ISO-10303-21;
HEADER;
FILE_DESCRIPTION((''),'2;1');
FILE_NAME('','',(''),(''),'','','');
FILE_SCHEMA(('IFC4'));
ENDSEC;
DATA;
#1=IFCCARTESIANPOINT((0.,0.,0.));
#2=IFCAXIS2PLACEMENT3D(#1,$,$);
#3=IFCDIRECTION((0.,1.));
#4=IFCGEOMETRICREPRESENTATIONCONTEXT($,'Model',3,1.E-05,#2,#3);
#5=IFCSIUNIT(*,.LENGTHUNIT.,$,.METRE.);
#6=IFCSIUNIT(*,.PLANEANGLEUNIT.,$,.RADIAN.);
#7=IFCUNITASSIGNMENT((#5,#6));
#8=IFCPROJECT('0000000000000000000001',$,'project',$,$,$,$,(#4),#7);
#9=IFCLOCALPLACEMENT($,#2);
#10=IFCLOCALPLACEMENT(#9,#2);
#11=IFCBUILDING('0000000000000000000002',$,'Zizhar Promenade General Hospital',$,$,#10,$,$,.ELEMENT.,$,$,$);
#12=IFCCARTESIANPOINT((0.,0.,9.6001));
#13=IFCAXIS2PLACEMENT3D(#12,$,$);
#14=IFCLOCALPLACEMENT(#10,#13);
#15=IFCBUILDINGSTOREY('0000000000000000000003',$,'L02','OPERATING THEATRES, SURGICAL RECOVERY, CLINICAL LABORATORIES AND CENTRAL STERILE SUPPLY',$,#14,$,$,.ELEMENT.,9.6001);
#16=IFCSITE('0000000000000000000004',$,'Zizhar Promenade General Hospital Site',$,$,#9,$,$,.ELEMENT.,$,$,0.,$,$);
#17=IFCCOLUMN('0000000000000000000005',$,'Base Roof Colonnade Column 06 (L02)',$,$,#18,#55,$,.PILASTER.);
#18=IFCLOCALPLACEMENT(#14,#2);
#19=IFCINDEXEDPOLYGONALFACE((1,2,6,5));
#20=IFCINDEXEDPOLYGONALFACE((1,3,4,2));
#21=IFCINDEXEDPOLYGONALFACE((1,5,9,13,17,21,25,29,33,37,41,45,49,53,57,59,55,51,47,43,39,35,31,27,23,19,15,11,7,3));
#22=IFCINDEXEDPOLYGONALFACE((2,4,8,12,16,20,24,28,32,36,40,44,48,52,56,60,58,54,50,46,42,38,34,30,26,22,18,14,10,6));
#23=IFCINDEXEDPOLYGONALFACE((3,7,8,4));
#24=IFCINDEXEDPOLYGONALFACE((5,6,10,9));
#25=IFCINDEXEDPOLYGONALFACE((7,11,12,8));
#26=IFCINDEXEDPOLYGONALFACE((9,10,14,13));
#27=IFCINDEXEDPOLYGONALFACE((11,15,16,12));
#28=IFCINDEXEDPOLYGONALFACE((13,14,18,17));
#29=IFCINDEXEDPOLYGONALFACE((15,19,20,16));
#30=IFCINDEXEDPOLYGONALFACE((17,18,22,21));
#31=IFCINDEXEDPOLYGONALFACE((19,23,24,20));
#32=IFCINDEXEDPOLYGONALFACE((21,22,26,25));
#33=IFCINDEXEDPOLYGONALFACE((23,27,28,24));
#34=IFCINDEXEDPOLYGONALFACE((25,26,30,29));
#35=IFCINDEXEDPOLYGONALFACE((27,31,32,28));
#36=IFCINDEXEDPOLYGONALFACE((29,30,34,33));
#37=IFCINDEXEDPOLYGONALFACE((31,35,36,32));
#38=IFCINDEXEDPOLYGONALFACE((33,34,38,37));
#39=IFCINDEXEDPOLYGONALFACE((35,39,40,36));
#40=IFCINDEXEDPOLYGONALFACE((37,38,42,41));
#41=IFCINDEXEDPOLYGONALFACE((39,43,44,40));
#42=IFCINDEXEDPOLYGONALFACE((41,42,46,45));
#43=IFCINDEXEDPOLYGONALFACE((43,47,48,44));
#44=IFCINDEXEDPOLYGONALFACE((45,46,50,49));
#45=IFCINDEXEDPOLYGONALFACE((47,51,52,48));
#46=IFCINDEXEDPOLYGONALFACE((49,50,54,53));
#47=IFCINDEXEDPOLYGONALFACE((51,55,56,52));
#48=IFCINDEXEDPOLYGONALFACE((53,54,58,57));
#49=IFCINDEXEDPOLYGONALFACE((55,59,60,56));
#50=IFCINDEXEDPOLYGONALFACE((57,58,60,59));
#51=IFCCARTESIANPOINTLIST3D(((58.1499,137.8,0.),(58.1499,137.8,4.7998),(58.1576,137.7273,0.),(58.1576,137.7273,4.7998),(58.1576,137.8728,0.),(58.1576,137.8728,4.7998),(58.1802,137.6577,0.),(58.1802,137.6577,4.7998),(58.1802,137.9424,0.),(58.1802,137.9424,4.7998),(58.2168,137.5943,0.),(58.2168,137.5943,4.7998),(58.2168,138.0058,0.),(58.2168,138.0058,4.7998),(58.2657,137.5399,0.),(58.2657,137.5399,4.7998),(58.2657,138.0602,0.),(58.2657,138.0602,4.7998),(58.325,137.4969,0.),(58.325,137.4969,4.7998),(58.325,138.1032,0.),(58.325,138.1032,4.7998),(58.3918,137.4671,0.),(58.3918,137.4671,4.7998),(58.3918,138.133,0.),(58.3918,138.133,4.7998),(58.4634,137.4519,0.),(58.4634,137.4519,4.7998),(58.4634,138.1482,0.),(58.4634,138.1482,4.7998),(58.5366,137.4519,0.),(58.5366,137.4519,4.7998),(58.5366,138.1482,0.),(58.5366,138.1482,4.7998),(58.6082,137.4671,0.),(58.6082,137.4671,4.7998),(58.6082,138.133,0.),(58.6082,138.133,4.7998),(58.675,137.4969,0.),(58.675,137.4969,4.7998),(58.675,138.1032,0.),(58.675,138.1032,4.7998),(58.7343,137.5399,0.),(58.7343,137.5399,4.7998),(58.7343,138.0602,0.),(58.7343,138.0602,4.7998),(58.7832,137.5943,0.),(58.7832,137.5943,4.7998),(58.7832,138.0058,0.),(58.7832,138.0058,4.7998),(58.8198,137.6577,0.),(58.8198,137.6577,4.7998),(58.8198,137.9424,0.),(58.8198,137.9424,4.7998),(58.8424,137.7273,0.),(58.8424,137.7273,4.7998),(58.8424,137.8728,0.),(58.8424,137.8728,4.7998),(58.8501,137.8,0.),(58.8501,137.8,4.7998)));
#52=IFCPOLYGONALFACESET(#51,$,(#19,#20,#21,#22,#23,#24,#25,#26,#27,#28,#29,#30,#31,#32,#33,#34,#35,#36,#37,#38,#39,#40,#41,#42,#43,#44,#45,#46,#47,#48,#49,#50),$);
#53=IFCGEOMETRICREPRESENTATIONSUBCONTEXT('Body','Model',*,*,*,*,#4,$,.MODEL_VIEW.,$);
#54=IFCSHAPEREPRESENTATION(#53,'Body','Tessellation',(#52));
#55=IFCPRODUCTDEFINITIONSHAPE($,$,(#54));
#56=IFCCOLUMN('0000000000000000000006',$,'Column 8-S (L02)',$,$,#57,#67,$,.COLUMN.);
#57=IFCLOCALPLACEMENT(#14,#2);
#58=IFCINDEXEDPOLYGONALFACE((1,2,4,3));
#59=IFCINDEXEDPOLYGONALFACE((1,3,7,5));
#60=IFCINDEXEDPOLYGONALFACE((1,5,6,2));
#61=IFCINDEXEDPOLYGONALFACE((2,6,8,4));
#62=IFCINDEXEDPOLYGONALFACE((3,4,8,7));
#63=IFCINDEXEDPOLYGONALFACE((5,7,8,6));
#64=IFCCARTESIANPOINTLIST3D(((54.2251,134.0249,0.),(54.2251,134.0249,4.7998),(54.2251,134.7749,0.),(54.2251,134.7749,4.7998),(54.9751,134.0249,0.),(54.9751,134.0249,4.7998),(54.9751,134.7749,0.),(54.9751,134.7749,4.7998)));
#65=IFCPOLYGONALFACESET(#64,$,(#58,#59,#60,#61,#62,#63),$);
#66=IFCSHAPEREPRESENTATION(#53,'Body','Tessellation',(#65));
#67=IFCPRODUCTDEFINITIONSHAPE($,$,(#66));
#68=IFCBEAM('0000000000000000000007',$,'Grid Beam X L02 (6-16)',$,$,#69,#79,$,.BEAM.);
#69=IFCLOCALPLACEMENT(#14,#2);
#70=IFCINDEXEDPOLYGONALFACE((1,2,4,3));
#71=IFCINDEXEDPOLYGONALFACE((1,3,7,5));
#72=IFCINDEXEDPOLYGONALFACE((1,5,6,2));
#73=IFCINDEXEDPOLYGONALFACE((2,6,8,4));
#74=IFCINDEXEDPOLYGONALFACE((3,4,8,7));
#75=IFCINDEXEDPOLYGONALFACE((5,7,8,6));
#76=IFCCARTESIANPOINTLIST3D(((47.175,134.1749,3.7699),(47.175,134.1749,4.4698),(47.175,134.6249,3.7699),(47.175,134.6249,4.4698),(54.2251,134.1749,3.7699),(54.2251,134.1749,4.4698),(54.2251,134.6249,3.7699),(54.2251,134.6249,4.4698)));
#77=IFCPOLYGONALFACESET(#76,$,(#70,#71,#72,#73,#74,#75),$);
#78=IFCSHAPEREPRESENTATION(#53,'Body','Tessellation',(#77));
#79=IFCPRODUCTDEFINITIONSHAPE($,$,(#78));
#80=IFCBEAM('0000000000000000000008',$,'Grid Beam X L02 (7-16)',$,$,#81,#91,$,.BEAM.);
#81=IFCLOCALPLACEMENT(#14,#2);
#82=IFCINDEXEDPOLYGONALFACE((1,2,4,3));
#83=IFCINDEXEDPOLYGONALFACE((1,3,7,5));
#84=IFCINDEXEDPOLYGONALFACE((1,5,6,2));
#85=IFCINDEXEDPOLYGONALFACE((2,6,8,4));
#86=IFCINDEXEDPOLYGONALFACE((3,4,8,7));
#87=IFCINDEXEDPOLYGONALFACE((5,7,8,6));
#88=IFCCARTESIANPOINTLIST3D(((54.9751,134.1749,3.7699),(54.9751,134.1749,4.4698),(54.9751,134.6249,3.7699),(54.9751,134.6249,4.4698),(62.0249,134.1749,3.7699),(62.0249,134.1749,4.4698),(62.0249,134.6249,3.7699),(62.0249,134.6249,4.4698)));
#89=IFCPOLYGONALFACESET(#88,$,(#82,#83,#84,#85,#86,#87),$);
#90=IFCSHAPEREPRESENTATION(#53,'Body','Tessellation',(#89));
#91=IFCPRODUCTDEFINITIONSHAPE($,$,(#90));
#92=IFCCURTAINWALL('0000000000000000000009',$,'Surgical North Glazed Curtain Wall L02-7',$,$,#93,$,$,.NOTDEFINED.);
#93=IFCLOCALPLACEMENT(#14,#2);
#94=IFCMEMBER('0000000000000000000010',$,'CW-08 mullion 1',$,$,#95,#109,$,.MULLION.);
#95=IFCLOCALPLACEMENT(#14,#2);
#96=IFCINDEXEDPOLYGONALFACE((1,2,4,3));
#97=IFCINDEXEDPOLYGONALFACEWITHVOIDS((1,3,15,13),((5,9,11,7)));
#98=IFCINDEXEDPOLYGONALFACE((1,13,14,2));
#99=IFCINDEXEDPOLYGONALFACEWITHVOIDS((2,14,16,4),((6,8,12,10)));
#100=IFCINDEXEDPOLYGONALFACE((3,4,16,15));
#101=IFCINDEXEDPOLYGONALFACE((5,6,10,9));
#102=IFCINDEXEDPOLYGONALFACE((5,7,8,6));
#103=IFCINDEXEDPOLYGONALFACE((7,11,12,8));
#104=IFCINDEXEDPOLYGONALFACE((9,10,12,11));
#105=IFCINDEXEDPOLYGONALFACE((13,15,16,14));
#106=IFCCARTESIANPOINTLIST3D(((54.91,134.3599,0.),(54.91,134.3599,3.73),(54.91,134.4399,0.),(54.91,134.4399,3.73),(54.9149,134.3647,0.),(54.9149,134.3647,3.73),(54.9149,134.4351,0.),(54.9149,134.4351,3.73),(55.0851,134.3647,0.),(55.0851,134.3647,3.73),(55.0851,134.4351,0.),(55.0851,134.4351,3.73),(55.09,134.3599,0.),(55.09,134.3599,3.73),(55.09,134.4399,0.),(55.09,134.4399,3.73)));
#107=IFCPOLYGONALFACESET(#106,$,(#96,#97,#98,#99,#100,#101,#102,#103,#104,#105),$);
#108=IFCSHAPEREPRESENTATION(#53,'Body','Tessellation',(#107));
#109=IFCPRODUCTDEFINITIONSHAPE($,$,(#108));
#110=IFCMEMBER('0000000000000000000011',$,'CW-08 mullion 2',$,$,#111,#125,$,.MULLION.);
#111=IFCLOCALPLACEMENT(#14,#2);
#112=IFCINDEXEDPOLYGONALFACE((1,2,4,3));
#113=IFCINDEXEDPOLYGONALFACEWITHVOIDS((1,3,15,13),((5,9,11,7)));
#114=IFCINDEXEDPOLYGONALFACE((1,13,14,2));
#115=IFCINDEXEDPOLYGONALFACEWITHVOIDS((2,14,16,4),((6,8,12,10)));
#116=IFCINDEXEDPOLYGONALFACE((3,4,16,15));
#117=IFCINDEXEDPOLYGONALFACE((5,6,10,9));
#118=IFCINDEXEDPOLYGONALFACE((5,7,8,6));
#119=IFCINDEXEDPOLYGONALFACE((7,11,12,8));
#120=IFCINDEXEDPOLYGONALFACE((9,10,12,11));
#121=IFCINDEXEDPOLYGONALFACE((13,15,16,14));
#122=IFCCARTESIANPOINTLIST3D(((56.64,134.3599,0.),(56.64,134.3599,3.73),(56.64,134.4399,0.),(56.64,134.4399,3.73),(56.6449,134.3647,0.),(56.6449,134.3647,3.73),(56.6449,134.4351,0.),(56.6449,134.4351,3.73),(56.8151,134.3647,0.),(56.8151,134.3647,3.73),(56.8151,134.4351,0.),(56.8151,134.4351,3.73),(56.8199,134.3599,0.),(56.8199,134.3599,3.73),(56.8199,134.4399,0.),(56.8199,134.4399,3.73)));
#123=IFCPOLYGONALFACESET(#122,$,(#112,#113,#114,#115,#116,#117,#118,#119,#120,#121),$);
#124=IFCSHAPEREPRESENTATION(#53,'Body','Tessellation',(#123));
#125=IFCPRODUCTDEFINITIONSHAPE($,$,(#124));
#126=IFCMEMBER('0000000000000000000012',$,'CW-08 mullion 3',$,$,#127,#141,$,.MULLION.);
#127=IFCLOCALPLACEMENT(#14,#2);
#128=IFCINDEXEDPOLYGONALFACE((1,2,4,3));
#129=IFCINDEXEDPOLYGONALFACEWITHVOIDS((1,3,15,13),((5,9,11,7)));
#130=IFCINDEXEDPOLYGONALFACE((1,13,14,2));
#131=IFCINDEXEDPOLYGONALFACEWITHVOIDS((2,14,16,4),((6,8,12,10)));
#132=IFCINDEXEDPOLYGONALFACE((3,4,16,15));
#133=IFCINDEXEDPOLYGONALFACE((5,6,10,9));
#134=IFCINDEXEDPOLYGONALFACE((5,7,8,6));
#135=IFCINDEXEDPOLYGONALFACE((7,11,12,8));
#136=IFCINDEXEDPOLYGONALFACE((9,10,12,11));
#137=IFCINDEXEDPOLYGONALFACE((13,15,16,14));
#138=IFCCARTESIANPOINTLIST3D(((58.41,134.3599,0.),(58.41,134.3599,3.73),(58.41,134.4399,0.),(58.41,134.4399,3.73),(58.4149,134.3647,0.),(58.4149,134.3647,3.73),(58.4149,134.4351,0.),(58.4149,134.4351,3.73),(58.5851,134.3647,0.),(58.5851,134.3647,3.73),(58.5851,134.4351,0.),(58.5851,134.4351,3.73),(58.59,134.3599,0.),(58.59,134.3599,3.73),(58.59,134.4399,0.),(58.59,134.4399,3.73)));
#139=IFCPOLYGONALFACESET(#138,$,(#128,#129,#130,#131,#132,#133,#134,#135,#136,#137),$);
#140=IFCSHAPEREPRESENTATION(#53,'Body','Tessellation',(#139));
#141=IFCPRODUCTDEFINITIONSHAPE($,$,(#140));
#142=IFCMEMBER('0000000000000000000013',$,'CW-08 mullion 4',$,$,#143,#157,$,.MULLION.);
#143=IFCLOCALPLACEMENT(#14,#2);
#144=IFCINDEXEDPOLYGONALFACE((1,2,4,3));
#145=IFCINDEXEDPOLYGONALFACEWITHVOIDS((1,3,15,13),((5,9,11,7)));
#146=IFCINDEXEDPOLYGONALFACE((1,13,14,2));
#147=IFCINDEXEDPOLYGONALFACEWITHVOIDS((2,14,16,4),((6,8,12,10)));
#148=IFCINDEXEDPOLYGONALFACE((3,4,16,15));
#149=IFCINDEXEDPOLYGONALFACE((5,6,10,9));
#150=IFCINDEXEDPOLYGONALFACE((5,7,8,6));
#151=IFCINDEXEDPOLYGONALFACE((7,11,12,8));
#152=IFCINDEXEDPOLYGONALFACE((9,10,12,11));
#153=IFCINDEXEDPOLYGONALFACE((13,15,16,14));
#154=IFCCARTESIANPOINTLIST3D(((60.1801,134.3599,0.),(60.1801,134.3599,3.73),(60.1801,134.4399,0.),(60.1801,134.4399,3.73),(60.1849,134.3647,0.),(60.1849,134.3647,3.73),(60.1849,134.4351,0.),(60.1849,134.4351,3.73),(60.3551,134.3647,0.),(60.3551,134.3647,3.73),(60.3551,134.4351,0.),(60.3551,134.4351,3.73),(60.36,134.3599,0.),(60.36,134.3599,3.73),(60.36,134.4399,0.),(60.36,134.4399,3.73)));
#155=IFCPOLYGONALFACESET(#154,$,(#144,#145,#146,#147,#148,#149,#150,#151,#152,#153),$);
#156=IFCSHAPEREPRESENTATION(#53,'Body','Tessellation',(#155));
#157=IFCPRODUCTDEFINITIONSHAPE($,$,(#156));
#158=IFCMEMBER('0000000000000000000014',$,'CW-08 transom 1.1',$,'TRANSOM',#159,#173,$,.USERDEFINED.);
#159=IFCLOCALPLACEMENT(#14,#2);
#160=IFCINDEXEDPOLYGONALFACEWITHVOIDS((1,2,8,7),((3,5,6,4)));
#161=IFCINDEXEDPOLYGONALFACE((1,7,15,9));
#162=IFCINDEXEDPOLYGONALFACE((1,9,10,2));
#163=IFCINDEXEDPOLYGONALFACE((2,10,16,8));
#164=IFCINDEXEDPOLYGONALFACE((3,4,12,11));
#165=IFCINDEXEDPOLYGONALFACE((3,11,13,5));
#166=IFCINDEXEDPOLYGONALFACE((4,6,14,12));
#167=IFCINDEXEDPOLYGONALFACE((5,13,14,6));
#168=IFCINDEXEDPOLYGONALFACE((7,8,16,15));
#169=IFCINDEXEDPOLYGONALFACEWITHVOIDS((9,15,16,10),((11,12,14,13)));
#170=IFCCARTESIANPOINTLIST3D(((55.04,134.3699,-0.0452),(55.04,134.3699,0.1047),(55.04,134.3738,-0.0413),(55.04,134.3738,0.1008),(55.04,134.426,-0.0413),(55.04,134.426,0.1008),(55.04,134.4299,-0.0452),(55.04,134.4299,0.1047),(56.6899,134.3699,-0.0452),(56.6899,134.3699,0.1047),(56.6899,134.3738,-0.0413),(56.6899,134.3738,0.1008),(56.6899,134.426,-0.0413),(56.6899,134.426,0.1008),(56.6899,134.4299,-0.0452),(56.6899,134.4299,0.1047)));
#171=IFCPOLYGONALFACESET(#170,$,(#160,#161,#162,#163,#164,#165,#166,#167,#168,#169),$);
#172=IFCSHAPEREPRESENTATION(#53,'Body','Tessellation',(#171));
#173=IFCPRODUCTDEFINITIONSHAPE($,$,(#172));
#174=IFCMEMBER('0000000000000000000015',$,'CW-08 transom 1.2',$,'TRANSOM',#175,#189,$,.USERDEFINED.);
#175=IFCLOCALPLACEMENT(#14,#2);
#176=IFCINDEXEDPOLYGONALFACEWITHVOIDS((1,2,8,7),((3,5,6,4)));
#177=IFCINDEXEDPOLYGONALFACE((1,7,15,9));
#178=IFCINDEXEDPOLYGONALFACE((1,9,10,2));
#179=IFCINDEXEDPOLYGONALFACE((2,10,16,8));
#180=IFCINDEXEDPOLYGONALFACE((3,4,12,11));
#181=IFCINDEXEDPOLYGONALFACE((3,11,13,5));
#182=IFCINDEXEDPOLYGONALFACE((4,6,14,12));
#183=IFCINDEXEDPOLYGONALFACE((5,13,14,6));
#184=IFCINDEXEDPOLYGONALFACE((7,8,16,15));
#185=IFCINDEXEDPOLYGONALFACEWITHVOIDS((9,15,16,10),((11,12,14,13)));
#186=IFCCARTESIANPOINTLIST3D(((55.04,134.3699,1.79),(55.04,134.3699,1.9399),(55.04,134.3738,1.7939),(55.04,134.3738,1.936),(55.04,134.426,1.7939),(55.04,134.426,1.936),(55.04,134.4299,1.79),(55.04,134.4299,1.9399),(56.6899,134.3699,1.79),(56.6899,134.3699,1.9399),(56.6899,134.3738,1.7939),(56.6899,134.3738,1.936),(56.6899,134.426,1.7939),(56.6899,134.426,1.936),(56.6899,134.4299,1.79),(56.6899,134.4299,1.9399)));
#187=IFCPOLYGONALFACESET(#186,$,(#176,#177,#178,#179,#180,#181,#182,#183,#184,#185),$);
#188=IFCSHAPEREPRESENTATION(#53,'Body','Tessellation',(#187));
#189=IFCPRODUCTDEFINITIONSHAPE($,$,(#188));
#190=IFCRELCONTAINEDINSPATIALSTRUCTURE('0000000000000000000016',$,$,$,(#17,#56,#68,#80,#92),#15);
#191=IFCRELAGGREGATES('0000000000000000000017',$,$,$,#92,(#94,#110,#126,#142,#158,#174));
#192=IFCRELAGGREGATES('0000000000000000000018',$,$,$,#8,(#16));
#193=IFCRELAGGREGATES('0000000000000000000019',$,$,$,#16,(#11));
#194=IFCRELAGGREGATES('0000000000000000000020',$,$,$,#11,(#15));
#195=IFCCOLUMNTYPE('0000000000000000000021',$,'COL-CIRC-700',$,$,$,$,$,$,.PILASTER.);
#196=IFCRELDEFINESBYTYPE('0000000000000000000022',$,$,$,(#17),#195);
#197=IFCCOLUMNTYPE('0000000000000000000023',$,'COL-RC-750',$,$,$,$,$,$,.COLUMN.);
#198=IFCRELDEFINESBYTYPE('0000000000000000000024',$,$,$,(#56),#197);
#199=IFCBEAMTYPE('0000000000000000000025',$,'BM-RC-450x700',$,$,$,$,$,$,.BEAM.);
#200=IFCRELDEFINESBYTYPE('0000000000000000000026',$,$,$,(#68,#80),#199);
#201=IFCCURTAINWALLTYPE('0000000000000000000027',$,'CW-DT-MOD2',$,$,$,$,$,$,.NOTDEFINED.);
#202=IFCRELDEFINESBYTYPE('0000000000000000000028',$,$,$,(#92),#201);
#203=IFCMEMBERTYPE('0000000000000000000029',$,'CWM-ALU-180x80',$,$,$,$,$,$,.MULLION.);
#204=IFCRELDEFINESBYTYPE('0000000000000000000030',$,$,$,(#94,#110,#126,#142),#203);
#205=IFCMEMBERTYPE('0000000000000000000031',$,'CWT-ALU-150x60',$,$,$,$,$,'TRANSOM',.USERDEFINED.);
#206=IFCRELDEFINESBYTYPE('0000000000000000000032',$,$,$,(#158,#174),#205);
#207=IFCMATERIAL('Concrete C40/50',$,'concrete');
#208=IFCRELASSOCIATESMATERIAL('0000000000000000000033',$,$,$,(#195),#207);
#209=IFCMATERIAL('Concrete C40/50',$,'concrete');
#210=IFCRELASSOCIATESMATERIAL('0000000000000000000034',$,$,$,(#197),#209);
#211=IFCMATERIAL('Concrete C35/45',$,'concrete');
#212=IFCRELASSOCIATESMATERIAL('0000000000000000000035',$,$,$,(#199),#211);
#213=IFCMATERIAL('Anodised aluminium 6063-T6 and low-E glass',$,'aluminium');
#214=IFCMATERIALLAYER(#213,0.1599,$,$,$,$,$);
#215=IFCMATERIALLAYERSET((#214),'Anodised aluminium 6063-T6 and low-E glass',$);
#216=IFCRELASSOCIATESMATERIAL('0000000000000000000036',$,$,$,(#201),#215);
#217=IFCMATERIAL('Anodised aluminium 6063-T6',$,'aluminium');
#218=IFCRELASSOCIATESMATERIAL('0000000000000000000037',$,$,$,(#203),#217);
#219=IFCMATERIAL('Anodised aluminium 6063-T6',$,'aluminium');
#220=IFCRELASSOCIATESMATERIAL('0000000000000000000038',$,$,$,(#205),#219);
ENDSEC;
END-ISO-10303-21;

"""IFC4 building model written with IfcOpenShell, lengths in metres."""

from ifc_helpers import new_model, si_unit, direction, frame, origin, origin_2d, place, context, subcontext, project, spatial, rectangle, hollow_rectangle, circle, extrude, material, layer, layer_set, material_profile, profile_set, type_object, element, aggregate, save


model = new_model("IFC4")

# Units and contexts
model_context = context("Model", 3, precision=1e-05, world=origin(), true_north=direction((0.0, 1.0)))
body_context = subcontext(model_context, "Body", "Model", "MODEL_VIEW")
ifc_project = project(units=[si_unit("LENGTHUNIT", "METRE"), si_unit("PLANEANGLEUNIT", "RADIAN")], contexts=[model_context])

# Site, building, storey
site_placement = place(None, origin())
site = spatial("IfcSite", under=ifc_project, at=site_placement, Name="Zizhar Promenade General Hospital Site", CompositionType="ELEMENT", RefElevation=0.0)
building_placement = place(site_placement, origin())
building = spatial("IfcBuilding", under=site, at=building_placement, Name="Zizhar Promenade General Hospital", CompositionType="ELEMENT")
storey_placement = place(building_placement, frame((0.0, 0.0, 9.6001)))
storey = spatial("IfcBuildingStorey", under=building, at=storey_placement, Name="L02", Description="OPERATING THEATRES, SURGICAL RECOVERY, CLINICAL LABORATORIES AND CENTRAL STERILE SUPPLY", CompositionType="ELEMENT", Elevation=9.6001)

# Columns
ifc_material_1 = material(Name="Concrete C40/50", Category="concrete")
ifc_material_profile_1 = material_profile(ifc_material_1, circle(Radius=0.3501, at=origin_2d()))
ifc_profile_set_1 = profile_set([ifc_material_profile_1], Name="Concrete C40/50")
column_type_1 = type_object("IfcColumnType", Name="COL-CIRC-700", PredefinedType="PILASTER", material=ifc_profile_set_1)
column_1_placement = place(storey_placement, frame((58.5, 137.8, 0.0), z_axis=(0.0, 0.0, 1.0), x_axis=(1.0, 0.0, 0.0)))
element("IfcColumn", 1, at=column_1_placement, inside=storey, type_object=column_type_1, Name="Base Roof Colonnade Column 06 (L02)", PredefinedType="PILASTER", context=body_context, shape_type="SweptSolid", body=[
    extrude(circle(Radius=0.3501, at=origin_2d()), origin(), (0.0, 0.0, 1.0), 4.7998),
])
ifc_material_2 = material(Name="Concrete C40/50", Category="concrete")
ifc_material_profile_2 = material_profile(ifc_material_2, rectangle(XDim=0.75, YDim=0.75, at=origin_2d()))
ifc_profile_set_2 = profile_set([ifc_material_profile_2], Name="Concrete C40/50")
column_type_2 = type_object("IfcColumnType", Name="COL-RC-750", PredefinedType="COLUMN", material=ifc_profile_set_2)
column_2_placement = place(storey_placement, frame((54.6001, 134.3999, 0.0), z_axis=(0.0, 0.0, 1.0), x_axis=(1.0, 0.0, 0.0)))
element("IfcColumn", 2, at=column_2_placement, inside=storey, type_object=column_type_2, Name="Column 8-S (L02)", PredefinedType="COLUMN", context=body_context, shape_type="SweptSolid", body=[
    extrude(rectangle(XDim=0.75, YDim=0.75, at=origin_2d()), origin(), (0.0, 0.0, 1.0), 4.7998),
])

# Beams
ifc_material_3 = material(Name="Concrete C35/45", Category="concrete")
ifc_material_profile_3 = material_profile(ifc_material_3, rectangle(XDim=0.45, YDim=0.7, at=origin_2d()))
ifc_profile_set_3 = profile_set([ifc_material_profile_3], Name="Concrete C35/45")
beam_type = type_object("IfcBeamType", Name="BM-RC-450x700", PredefinedType="BEAM", material=ifc_profile_set_3)
beam_1_placement = place(storey_placement, frame((47.175, 134.3999, 4.1199), z_axis=(1.0, 0.0, 0.0), x_axis=(0.0, 1.0, 0.0)))
element("IfcBeam", 3, at=beam_1_placement, inside=storey, type_object=beam_type, Name="Grid Beam X L02 (6-16)", PredefinedType="BEAM", context=body_context, shape_type="SweptSolid", body=[
    extrude(rectangle(XDim=0.45, YDim=0.7, at=origin_2d()), origin(), (0.0, 0.0, 1.0), 7.05),
])
beam_2_placement = place(storey_placement, frame((54.9751, 134.3999, 4.1199), z_axis=(1.0, 0.0, 0.0), x_axis=(0.0, 1.0, 0.0)))
element("IfcBeam", 4, at=beam_2_placement, inside=storey, type_object=beam_type, Name="Grid Beam X L02 (7-16)", PredefinedType="BEAM", context=body_context, shape_type="SweptSolid", body=[
    extrude(rectangle(XDim=0.45, YDim=0.7, at=origin_2d()), origin(), (0.0, 0.0, 1.0), 7.0498),
])

# Curtain wall, members
ifc_material_4 = material(Name="Anodised aluminium 6063-T6 and low-E glass", Category="aluminium")
ifc_layer_1 = layer(ifc_material_4, 0.1599)
ifc_layer_set_1 = layer_set([ifc_layer_1], Name="Anodised aluminium 6063-T6 and low-E glass")
curtain_wall_type = type_object("IfcCurtainWallType", Name="CW-DT-MOD2", PredefinedType="NOTDEFINED", material=ifc_layer_set_1)
curtain_wall_placement = place(storey_placement, origin())
curtain_wall = element("IfcCurtainWall", 5, at=curtain_wall_placement, inside=storey, type_object=curtain_wall_type, Name="Surgical North Glazed Curtain Wall L02-7", PredefinedType="NOTDEFINED")
ifc_material_5 = material(Name="Anodised aluminium 6063-T6", Category="aluminium")
ifc_material_profile_4 = material_profile(ifc_material_5, hollow_rectangle(XDim=0.0801, YDim=0.1799, WallThickness=0.0049, at=origin_2d()))
ifc_profile_set_4 = profile_set([ifc_material_profile_4], Name="Anodised aluminium 6063-T6")
member_type_1 = type_object("IfcMemberType", Name="CWM-ALU-180x80", PredefinedType="MULLION", material=ifc_profile_set_4)
member_1_placement = place(storey_placement, frame((55.0, 134.3999, 0.0), z_axis=(0.0, 0.0, 1.0), x_axis=(0.0, 1.0, 0.0)))
member_1 = element("IfcMember", 6, at=member_1_placement, type_object=member_type_1, Name="CW-08 mullion 1", PredefinedType="MULLION", context=body_context, shape_type="SweptSolid", body=[
    extrude(hollow_rectangle(XDim=0.0801, YDim=0.1799, WallThickness=0.0049, at=origin_2d()), origin(), (0.0, 0.0, 1.0), 3.73),
])
member_2_placement = place(storey_placement, frame((56.73, 134.3999, 0.0), z_axis=(0.0, 0.0, 1.0), x_axis=(0.0, 1.0, 0.0)))
member_2 = element("IfcMember", 7, at=member_2_placement, type_object=member_type_1, Name="CW-08 mullion 2", PredefinedType="MULLION", context=body_context, shape_type="SweptSolid", body=[
    extrude(hollow_rectangle(XDim=0.0801, YDim=0.1799, WallThickness=0.0049, at=origin_2d()), origin(), (0.0, 0.0, 1.0), 3.73),
])
member_3_placement = place(storey_placement, frame((58.5, 134.3999, 0.0), z_axis=(0.0, 0.0, 1.0), x_axis=(0.0, 1.0, 0.0)))
member_3 = element("IfcMember", 8, at=member_3_placement, type_object=member_type_1, Name="CW-08 mullion 3", PredefinedType="MULLION", context=body_context, shape_type="SweptSolid", body=[
    extrude(hollow_rectangle(XDim=0.0801, YDim=0.1799, WallThickness=0.0049, at=origin_2d()), origin(), (0.0, 0.0, 1.0), 3.73),
])
member_4_placement = place(storey_placement, frame((60.27, 134.3999, 0.0), z_axis=(0.0, 0.0, 1.0), x_axis=(0.0, 1.0, 0.0)))
member_4 = element("IfcMember", 9, at=member_4_placement, type_object=member_type_1, Name="CW-08 mullion 4", PredefinedType="MULLION", context=body_context, shape_type="SweptSolid", body=[
    extrude(hollow_rectangle(XDim=0.0801, YDim=0.1799, WallThickness=0.0049, at=origin_2d()), origin(), (0.0, 0.0, 1.0), 3.73),
])
ifc_material_6 = material(Name="Anodised aluminium 6063-T6", Category="aluminium")
ifc_material_profile_5 = material_profile(ifc_material_6, hollow_rectangle(XDim=0.0601, YDim=0.1499, WallThickness=0.0039, at=origin_2d()))
ifc_profile_set_5 = profile_set([ifc_material_profile_5], Name="Anodised aluminium 6063-T6")
member_type_2 = type_object("IfcMemberType", Name="CWT-ALU-150x60", ElementType="TRANSOM", PredefinedType="USERDEFINED", material=ifc_profile_set_5)
member_5_placement = place(storey_placement, frame((55.04, 134.3999, 0.0298), z_axis=(1.0, 0.0, 0.0), x_axis=(0.0, 1.0, 0.0)))
member_5 = element("IfcMember", 10, at=member_5_placement, type_object=member_type_2, Name="CW-08 transom 1.1", ObjectType="TRANSOM", PredefinedType="USERDEFINED", context=body_context, shape_type="SweptSolid", body=[
    extrude(hollow_rectangle(XDim=0.0601, YDim=0.1499, WallThickness=0.0039, at=origin_2d()), origin(), (0.0, 0.0, 1.0), 1.6499),
])
member_6_placement = place(storey_placement, frame((55.04, 134.3999, 1.865), z_axis=(1.0, 0.0, 0.0), x_axis=(0.0, 1.0, 0.0)))
member_6 = element("IfcMember", 11, at=member_6_placement, type_object=member_type_2, Name="CW-08 transom 1.2", ObjectType="TRANSOM", PredefinedType="USERDEFINED", context=body_context, shape_type="SweptSolid", body=[
    extrude(hollow_rectangle(XDim=0.0601, YDim=0.1499, WallThickness=0.0039, at=origin_2d()), origin(), (0.0, 0.0, 1.0), 1.6499),
])
aggregate(curtain_wall, [member_1, member_2, member_3, member_4, member_5, member_6])

save(model, "model.ifc")
